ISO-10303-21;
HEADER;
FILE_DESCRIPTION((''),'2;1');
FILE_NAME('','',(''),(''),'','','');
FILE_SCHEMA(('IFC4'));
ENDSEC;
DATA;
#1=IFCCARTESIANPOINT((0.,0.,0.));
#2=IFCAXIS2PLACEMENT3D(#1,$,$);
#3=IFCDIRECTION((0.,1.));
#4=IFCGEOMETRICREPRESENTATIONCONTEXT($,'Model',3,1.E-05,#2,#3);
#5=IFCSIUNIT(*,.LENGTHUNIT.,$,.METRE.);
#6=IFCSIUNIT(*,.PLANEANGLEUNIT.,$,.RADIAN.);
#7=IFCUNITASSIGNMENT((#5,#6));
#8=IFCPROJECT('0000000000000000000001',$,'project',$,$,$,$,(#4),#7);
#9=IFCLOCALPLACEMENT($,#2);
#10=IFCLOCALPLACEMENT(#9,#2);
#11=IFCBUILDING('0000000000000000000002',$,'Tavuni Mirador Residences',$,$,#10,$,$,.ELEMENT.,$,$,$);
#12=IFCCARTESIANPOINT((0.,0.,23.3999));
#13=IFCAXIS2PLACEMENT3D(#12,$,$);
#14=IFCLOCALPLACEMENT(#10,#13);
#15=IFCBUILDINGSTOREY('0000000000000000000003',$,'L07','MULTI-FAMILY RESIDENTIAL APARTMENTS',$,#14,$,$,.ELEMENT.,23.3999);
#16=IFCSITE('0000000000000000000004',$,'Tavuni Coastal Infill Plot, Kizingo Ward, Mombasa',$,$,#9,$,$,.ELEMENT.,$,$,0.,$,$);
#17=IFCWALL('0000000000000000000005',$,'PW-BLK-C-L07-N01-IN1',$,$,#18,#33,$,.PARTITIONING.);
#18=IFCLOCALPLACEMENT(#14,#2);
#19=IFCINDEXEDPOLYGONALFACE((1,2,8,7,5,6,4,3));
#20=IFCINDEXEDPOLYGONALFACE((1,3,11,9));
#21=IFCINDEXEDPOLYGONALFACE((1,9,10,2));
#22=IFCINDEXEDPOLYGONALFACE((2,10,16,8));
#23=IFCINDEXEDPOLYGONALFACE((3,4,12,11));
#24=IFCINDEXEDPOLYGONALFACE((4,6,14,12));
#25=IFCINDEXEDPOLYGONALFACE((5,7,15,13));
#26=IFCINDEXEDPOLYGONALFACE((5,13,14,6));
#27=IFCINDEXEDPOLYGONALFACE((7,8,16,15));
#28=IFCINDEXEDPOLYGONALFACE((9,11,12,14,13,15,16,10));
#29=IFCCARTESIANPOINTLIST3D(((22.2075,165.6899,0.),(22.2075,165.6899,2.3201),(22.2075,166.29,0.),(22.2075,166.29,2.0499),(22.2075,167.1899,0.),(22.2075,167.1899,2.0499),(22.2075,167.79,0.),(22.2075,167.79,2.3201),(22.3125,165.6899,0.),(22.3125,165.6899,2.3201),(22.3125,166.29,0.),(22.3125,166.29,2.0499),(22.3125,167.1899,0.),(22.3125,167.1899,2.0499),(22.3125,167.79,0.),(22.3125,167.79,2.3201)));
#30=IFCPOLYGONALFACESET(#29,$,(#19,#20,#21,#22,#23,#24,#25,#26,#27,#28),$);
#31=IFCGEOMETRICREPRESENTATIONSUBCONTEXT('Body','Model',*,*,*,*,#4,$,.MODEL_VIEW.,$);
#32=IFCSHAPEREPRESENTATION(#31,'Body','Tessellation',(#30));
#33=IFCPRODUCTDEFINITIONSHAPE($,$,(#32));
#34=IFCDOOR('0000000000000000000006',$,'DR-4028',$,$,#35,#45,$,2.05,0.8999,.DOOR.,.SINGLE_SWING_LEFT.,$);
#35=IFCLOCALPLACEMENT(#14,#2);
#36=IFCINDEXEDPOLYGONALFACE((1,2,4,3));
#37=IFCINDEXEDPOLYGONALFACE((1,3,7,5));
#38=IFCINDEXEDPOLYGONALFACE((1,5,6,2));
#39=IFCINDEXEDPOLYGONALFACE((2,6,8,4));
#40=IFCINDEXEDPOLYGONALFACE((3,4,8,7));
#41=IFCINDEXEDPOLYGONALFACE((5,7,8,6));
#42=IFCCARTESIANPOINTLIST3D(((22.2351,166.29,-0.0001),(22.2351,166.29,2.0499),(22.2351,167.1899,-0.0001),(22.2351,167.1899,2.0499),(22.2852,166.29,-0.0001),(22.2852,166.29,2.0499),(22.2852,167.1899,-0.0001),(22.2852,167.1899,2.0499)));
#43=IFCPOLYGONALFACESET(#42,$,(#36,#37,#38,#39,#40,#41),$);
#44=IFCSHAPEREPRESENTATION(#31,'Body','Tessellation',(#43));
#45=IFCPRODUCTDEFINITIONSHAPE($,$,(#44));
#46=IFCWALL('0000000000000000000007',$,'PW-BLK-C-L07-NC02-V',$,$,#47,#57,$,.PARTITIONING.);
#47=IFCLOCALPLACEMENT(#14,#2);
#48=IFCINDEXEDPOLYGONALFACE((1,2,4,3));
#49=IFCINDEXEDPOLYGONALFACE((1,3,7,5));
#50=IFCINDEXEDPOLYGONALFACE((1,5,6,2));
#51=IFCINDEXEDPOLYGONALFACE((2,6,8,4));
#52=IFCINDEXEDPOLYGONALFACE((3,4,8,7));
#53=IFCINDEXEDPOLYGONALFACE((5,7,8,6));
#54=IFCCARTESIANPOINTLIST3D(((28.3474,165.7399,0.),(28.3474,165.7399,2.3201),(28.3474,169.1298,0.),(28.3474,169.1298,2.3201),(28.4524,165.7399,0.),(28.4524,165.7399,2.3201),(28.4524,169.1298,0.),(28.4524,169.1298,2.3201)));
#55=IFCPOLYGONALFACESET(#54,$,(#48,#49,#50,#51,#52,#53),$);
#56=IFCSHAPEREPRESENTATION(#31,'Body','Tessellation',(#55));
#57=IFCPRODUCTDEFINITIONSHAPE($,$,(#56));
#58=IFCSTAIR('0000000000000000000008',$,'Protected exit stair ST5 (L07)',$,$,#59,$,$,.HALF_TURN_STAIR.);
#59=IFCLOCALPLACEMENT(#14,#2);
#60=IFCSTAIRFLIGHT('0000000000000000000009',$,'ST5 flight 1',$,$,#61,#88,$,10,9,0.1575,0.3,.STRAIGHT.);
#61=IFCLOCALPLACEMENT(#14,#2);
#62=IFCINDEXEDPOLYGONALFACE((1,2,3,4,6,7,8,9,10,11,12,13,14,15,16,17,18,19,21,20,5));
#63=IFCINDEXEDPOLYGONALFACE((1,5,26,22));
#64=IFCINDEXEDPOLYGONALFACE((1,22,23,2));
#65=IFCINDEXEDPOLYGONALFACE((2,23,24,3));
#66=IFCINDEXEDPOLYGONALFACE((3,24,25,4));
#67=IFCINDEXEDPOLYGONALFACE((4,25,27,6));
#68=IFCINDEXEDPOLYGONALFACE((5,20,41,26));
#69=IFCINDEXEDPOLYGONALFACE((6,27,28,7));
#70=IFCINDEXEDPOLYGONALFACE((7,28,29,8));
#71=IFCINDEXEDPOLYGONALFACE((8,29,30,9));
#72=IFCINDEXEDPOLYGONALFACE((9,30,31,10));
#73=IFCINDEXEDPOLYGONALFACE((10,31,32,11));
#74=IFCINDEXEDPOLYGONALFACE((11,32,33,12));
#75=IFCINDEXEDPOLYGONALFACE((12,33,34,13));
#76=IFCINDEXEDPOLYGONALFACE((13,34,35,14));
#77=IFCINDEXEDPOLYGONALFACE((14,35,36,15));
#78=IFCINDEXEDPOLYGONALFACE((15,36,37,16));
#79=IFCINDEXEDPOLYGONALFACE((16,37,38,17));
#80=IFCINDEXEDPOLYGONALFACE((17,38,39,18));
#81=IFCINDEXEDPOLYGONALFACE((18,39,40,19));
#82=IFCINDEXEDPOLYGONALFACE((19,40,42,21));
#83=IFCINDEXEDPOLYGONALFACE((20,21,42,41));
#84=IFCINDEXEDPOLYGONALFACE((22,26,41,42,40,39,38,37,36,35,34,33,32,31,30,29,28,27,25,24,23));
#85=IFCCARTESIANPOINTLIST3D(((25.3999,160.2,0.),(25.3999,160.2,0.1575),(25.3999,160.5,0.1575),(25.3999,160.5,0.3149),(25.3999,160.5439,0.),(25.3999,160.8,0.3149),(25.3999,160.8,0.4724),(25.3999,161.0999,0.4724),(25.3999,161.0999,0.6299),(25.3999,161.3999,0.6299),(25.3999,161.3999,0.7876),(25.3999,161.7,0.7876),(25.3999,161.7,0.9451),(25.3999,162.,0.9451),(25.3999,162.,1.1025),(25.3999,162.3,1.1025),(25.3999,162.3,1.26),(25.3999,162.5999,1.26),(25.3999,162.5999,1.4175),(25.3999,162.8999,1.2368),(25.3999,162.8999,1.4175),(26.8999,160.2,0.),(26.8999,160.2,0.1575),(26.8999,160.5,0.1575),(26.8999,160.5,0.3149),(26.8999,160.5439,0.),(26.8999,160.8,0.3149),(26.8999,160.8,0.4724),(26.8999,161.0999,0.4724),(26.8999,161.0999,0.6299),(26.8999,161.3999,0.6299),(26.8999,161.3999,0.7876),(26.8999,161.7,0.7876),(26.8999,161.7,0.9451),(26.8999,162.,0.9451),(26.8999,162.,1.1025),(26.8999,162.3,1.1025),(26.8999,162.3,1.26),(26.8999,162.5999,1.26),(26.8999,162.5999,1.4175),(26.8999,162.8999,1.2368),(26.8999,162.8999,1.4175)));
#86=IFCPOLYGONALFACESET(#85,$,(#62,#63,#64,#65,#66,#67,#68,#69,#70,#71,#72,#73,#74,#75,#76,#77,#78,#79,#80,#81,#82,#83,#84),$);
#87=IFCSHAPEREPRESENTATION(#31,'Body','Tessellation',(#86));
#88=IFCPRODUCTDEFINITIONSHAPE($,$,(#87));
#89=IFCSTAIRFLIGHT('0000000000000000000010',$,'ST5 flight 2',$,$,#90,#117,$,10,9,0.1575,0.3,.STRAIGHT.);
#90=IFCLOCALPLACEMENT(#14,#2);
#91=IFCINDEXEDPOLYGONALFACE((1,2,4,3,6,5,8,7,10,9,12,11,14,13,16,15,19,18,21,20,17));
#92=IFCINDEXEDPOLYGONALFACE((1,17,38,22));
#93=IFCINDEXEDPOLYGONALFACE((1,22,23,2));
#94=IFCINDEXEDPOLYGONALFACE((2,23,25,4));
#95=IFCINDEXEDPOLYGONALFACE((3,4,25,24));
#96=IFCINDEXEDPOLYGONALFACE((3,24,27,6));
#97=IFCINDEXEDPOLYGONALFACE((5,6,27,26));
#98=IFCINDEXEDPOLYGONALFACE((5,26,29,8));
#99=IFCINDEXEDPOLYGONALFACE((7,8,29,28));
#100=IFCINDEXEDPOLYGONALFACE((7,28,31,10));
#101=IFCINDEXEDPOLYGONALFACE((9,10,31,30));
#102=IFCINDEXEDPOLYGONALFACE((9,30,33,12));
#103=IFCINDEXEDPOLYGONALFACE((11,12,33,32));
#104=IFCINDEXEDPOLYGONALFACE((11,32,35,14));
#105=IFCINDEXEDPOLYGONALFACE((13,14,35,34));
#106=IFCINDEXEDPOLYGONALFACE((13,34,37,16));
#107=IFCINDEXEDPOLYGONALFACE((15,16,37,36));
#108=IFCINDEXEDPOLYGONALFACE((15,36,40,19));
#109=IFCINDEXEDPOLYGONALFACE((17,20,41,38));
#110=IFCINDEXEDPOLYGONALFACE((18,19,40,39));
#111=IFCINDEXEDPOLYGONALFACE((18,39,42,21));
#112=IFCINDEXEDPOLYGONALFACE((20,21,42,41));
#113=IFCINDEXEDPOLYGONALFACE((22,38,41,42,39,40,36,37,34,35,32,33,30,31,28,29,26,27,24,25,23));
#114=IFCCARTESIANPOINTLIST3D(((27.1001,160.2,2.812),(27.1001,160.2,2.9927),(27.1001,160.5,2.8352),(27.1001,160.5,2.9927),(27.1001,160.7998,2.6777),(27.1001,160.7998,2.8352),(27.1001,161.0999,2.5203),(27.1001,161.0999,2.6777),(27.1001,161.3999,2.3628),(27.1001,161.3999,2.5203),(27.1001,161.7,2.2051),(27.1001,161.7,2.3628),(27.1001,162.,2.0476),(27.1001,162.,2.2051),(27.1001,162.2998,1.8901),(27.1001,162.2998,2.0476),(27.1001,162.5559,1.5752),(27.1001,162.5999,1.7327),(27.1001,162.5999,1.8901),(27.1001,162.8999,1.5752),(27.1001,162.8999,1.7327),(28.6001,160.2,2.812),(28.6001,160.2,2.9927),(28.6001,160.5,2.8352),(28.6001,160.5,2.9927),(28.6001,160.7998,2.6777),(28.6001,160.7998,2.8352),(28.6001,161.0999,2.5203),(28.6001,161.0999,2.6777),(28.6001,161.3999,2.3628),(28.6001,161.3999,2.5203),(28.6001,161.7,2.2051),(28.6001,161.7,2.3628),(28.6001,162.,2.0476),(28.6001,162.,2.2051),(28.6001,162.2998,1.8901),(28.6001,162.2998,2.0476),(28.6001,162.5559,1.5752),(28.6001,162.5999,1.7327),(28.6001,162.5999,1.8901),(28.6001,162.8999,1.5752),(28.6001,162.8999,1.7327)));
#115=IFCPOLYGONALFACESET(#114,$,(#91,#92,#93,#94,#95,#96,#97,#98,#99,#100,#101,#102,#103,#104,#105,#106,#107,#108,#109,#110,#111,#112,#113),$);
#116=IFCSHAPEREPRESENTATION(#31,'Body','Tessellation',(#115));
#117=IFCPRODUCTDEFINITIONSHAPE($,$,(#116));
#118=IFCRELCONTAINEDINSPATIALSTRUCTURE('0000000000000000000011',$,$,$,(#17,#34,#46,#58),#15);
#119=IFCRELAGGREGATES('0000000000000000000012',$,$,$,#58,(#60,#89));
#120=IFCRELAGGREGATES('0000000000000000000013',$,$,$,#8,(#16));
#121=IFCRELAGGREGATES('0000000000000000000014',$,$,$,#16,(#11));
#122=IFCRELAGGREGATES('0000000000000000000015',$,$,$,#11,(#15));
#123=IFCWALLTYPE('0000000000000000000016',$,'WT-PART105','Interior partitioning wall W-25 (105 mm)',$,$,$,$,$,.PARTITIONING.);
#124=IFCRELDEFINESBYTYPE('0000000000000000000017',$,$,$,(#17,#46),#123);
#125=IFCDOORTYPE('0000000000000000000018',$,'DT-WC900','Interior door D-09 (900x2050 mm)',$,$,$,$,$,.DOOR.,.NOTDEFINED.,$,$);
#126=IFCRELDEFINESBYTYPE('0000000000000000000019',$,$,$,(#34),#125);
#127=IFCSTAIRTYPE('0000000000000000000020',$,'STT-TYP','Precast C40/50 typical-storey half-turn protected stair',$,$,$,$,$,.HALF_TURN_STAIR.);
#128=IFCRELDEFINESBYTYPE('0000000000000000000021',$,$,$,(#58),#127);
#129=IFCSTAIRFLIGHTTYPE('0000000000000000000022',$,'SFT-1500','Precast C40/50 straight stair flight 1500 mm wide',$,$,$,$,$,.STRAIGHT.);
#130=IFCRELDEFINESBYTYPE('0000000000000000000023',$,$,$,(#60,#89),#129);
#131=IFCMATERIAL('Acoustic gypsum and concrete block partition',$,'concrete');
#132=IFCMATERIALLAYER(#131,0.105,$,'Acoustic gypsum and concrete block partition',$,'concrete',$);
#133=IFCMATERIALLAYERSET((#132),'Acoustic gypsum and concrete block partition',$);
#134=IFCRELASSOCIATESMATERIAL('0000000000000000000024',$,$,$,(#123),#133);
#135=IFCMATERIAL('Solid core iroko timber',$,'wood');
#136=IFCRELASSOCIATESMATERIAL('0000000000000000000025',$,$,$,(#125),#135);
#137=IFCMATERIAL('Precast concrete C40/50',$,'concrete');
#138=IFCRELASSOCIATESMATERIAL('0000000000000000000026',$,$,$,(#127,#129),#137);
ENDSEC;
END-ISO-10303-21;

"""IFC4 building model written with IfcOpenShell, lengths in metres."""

from ifc_helpers import new_model, si_unit, direction, frame, frame_2d, origin, place, context, subcontext, project, spatial, polyline, rectangle, outline, extrude, material, layer, layer_set, type_object, element, fill, aggregate, save


model = new_model("IFC4")

# Units and contexts
model_context = context("Model", 3, precision=1e-05, world=origin(), true_north=direction((0.0, 1.0)))
body_context = subcontext(model_context, "Body", "Model", "MODEL_VIEW")
ifc_project = project(units=[si_unit("LENGTHUNIT", "METRE"), si_unit("PLANEANGLEUNIT", "RADIAN")], contexts=[model_context])

# Site, building, storey
site_placement = place(None, origin())
site = spatial("IfcSite", under=ifc_project, at=site_placement, Name="Tavuni Coastal Infill Plot, Kizingo Ward, Mombasa", CompositionType="ELEMENT", RefElevation=0.0)
building_placement = place(site_placement, origin())
building = spatial("IfcBuilding", under=site, at=building_placement, Name="Tavuni Mirador Residences", CompositionType="ELEMENT")
storey_placement = place(building_placement, frame((0.0, 0.0, 23.3999)))
storey = spatial("IfcBuildingStorey", under=building, at=storey_placement, Name="L07", Description="MULTI-FAMILY RESIDENTIAL APARTMENTS", CompositionType="ELEMENT", Elevation=23.3999)

# Shared definitions
ifc_material_1 = material(Name="Precast concrete C40/50", Category="concrete")

# Shared definitions
ifc_material_2 = material(Name="Solid core iroko timber", Category="wood")

# Wall, opening, door
ifc_material_3 = material(Name="Acoustic gypsum and concrete block partition", Category="concrete")
ifc_layer_1 = layer(ifc_material_3, 0.105, Name="Acoustic gypsum and concrete block partition", Category="concrete")
ifc_layer_set_1 = layer_set([ifc_layer_1], Name="Acoustic gypsum and concrete block partition")
wall_type_1 = type_object("IfcWallType", Name="WT-PART105", Description="Interior partitioning wall W-25 (105 mm)", PredefinedType="PARTITIONING", material=ifc_layer_set_1)
wall_1_placement = place(storey_placement, frame((22.26, 165.6899, 0.0), z_axis=(0.0, 0.0, 1.0), x_axis=(0.0, 1.0, 0.0)))
wall_1 = element("IfcWall", 1, at=wall_1_placement, inside=storey, type_object=wall_type_1, Name="PW-BLK-C-L07-N01-IN1", PredefinedType="PARTITIONING", context=body_context, shape_type="SweptSolid", body=[
    extrude(rectangle(XDim=2.1001, YDim=0.105, at=frame_2d((1.05, 0.0))), origin(), (0.0, 0.0, 1.0), 2.3201),
])
opening_1_placement = place(wall_1_placement, frame((0.6001, 0.0, 0.0)))
opening_1 = element("IfcOpeningElement", 2, at=opening_1_placement, cuts=wall_1, PredefinedType="OPENING", context=body_context, shape_type="SweptSolid", body=[
    extrude(rectangle(XDim=0.8999, YDim=2.05, at=frame_2d((0.45, 1.0249))), frame((0.0, 0.0625, 0.0), z_axis=(0.0, -1.0, 0.0), x_axis=(1.0, 0.0, 0.0)), (0.0, 0.0, 1.0), 0.125),
])
door_type_1 = type_object("IfcDoorType", Name="DT-WC900", Description="Interior door D-09 (900x2050 mm)", OperationType="NOTDEFINED", PredefinedType="DOOR", material=ifc_material_2)
door_1_placement = place(opening_1_placement, origin())
door_1 = element("IfcDoor", 3, at=door_1_placement, inside=storey, type_object=door_type_1, Name="DR-4028", OperationType="SINGLE_SWING_LEFT", OverallHeight=2.05, OverallWidth=0.8999, PredefinedType="DOOR", context=body_context, shape_type="SweptSolid", body=[
    extrude(rectangle(XDim=0.8999, YDim=2.05, at=frame_2d((0.45, 1.0249))), frame((0.0, 0.0249, 0.0), z_axis=(0.0, -1.0, 0.0), x_axis=(1.0, 0.0, 0.0)), (0.0, 0.0, 1.0), 0.05),
])
fill(opening_1, door_1)

# Wall
wall_2_placement = place(storey_placement, frame((28.3999, 165.74, 0.0), z_axis=(0.0, 0.0, 1.0), x_axis=(0.0, 1.0, 0.0)))
element("IfcWall", 4, at=wall_2_placement, inside=storey, type_object=wall_type_1, Name="PW-BLK-C-L07-NC02-V", PredefinedType="PARTITIONING", context=body_context, shape_type="SweptSolid", body=[
    extrude(rectangle(XDim=3.3899, YDim=0.105, at=frame_2d((1.6948, 0.0))), origin(), (0.0, 0.0, 1.0), 2.3201),
])

# Stair, stair flights
stair_type = type_object("IfcStairType", Name="STT-TYP", Description="Precast C40/50 typical-storey half-turn protected stair", PredefinedType="HALF_TURN_STAIR", material=ifc_material_1)
stair_placement = place(storey_placement, origin())
stair = element("IfcStair", 5, at=stair_placement, inside=storey, type_object=stair_type, Name="Protected exit stair ST5 (L07)", PredefinedType="HALF_TURN_STAIR")
stair_flight_type = type_object("IfcStairFlightType", Name="SFT-1500", Description="Precast C40/50 straight stair flight 1500 mm wide", PredefinedType="STRAIGHT", material=ifc_material_1)
stair_flight_1_placement = place(storey_placement, frame((26.1499, 160.2, 0.0), z_axis=(0.0, 0.0, 1.0), x_axis=(0.0, 1.0, 0.0)))
stair_flight_1 = element("IfcStairFlight", 6, at=stair_flight_1_placement, type_object=stair_flight_type, Name="ST5 flight 1", NumberOfRisers=10, NumberOfTreads=9, PredefinedType="STRAIGHT", RiserHeight=0.1575, TreadLength=0.3, context=body_context, shape_type="SweptSolid", body=[
    extrude(outline(polyline([(0.0, 0.0), (0.0, 0.1575), (0.3, 0.1575), (0.3, 0.3149), (0.6001, 0.3149), (0.6001, 0.4724), (0.8999, 0.4724), (0.8999, 0.6299), (1.2, 0.6299), (1.2, 0.7876), (1.5, 0.7876), (1.5, 0.9451), (1.8, 0.9451), (1.8, 1.1025), (2.1001, 1.1025), (2.1001, 1.26), (2.3999, 1.26), (2.3999, 1.4175), (2.7, 1.4175), (2.7, 1.575), (2.7, 1.2368), (0.344, 0.0), (0.0, 0.0)])), frame((0.0, 0.75, 0.0), z_axis=(0.0, -1.0, 0.0), x_axis=(1.0, 0.0, 0.0)), (0.0, 0.0, 1.0), 1.5),
])
stair_flight_2_placement = place(storey_placement, frame((27.8501, 162.8999, 1.5752), z_axis=(0.0, 0.0, 1.0), x_axis=(0.0, -1.0, 0.0)))
stair_flight_2 = element("IfcStairFlight", 7, at=stair_flight_2_placement, type_object=stair_flight_type, Name="ST5 flight 2", NumberOfRisers=10, NumberOfTreads=9, PredefinedType="STRAIGHT", RiserHeight=0.1575, TreadLength=0.3, context=body_context, shape_type="SweptSolid", body=[
    extrude(outline(polyline([(0.0, 0.0), (0.0, 0.1575), (0.3, 0.1575), (0.3, 0.3149), (0.6001, 0.3149), (0.6001, 0.4724), (0.8999, 0.4724), (0.8999, 0.6299), (1.2, 0.6299), (1.2, 0.7876), (1.5, 0.7876), (1.5, 0.9451), (1.8, 0.9451), (1.8, 1.1025), (2.1001, 1.1025), (2.1001, 1.26), (2.3999, 1.26), (2.3999, 1.4175), (2.7, 1.4175), (2.7, 1.575), (2.7, 1.2368), (0.344, 0.0), (0.0, 0.0)])), frame((0.0, 0.75, 0.0), z_axis=(0.0, -1.0, 0.0), x_axis=(1.0, 0.0, 0.0)), (0.0, 0.0, 1.0), 1.5),
])
aggregate(stair, [stair_flight_1, stair_flight_2])

save(model, "model.ifc")
